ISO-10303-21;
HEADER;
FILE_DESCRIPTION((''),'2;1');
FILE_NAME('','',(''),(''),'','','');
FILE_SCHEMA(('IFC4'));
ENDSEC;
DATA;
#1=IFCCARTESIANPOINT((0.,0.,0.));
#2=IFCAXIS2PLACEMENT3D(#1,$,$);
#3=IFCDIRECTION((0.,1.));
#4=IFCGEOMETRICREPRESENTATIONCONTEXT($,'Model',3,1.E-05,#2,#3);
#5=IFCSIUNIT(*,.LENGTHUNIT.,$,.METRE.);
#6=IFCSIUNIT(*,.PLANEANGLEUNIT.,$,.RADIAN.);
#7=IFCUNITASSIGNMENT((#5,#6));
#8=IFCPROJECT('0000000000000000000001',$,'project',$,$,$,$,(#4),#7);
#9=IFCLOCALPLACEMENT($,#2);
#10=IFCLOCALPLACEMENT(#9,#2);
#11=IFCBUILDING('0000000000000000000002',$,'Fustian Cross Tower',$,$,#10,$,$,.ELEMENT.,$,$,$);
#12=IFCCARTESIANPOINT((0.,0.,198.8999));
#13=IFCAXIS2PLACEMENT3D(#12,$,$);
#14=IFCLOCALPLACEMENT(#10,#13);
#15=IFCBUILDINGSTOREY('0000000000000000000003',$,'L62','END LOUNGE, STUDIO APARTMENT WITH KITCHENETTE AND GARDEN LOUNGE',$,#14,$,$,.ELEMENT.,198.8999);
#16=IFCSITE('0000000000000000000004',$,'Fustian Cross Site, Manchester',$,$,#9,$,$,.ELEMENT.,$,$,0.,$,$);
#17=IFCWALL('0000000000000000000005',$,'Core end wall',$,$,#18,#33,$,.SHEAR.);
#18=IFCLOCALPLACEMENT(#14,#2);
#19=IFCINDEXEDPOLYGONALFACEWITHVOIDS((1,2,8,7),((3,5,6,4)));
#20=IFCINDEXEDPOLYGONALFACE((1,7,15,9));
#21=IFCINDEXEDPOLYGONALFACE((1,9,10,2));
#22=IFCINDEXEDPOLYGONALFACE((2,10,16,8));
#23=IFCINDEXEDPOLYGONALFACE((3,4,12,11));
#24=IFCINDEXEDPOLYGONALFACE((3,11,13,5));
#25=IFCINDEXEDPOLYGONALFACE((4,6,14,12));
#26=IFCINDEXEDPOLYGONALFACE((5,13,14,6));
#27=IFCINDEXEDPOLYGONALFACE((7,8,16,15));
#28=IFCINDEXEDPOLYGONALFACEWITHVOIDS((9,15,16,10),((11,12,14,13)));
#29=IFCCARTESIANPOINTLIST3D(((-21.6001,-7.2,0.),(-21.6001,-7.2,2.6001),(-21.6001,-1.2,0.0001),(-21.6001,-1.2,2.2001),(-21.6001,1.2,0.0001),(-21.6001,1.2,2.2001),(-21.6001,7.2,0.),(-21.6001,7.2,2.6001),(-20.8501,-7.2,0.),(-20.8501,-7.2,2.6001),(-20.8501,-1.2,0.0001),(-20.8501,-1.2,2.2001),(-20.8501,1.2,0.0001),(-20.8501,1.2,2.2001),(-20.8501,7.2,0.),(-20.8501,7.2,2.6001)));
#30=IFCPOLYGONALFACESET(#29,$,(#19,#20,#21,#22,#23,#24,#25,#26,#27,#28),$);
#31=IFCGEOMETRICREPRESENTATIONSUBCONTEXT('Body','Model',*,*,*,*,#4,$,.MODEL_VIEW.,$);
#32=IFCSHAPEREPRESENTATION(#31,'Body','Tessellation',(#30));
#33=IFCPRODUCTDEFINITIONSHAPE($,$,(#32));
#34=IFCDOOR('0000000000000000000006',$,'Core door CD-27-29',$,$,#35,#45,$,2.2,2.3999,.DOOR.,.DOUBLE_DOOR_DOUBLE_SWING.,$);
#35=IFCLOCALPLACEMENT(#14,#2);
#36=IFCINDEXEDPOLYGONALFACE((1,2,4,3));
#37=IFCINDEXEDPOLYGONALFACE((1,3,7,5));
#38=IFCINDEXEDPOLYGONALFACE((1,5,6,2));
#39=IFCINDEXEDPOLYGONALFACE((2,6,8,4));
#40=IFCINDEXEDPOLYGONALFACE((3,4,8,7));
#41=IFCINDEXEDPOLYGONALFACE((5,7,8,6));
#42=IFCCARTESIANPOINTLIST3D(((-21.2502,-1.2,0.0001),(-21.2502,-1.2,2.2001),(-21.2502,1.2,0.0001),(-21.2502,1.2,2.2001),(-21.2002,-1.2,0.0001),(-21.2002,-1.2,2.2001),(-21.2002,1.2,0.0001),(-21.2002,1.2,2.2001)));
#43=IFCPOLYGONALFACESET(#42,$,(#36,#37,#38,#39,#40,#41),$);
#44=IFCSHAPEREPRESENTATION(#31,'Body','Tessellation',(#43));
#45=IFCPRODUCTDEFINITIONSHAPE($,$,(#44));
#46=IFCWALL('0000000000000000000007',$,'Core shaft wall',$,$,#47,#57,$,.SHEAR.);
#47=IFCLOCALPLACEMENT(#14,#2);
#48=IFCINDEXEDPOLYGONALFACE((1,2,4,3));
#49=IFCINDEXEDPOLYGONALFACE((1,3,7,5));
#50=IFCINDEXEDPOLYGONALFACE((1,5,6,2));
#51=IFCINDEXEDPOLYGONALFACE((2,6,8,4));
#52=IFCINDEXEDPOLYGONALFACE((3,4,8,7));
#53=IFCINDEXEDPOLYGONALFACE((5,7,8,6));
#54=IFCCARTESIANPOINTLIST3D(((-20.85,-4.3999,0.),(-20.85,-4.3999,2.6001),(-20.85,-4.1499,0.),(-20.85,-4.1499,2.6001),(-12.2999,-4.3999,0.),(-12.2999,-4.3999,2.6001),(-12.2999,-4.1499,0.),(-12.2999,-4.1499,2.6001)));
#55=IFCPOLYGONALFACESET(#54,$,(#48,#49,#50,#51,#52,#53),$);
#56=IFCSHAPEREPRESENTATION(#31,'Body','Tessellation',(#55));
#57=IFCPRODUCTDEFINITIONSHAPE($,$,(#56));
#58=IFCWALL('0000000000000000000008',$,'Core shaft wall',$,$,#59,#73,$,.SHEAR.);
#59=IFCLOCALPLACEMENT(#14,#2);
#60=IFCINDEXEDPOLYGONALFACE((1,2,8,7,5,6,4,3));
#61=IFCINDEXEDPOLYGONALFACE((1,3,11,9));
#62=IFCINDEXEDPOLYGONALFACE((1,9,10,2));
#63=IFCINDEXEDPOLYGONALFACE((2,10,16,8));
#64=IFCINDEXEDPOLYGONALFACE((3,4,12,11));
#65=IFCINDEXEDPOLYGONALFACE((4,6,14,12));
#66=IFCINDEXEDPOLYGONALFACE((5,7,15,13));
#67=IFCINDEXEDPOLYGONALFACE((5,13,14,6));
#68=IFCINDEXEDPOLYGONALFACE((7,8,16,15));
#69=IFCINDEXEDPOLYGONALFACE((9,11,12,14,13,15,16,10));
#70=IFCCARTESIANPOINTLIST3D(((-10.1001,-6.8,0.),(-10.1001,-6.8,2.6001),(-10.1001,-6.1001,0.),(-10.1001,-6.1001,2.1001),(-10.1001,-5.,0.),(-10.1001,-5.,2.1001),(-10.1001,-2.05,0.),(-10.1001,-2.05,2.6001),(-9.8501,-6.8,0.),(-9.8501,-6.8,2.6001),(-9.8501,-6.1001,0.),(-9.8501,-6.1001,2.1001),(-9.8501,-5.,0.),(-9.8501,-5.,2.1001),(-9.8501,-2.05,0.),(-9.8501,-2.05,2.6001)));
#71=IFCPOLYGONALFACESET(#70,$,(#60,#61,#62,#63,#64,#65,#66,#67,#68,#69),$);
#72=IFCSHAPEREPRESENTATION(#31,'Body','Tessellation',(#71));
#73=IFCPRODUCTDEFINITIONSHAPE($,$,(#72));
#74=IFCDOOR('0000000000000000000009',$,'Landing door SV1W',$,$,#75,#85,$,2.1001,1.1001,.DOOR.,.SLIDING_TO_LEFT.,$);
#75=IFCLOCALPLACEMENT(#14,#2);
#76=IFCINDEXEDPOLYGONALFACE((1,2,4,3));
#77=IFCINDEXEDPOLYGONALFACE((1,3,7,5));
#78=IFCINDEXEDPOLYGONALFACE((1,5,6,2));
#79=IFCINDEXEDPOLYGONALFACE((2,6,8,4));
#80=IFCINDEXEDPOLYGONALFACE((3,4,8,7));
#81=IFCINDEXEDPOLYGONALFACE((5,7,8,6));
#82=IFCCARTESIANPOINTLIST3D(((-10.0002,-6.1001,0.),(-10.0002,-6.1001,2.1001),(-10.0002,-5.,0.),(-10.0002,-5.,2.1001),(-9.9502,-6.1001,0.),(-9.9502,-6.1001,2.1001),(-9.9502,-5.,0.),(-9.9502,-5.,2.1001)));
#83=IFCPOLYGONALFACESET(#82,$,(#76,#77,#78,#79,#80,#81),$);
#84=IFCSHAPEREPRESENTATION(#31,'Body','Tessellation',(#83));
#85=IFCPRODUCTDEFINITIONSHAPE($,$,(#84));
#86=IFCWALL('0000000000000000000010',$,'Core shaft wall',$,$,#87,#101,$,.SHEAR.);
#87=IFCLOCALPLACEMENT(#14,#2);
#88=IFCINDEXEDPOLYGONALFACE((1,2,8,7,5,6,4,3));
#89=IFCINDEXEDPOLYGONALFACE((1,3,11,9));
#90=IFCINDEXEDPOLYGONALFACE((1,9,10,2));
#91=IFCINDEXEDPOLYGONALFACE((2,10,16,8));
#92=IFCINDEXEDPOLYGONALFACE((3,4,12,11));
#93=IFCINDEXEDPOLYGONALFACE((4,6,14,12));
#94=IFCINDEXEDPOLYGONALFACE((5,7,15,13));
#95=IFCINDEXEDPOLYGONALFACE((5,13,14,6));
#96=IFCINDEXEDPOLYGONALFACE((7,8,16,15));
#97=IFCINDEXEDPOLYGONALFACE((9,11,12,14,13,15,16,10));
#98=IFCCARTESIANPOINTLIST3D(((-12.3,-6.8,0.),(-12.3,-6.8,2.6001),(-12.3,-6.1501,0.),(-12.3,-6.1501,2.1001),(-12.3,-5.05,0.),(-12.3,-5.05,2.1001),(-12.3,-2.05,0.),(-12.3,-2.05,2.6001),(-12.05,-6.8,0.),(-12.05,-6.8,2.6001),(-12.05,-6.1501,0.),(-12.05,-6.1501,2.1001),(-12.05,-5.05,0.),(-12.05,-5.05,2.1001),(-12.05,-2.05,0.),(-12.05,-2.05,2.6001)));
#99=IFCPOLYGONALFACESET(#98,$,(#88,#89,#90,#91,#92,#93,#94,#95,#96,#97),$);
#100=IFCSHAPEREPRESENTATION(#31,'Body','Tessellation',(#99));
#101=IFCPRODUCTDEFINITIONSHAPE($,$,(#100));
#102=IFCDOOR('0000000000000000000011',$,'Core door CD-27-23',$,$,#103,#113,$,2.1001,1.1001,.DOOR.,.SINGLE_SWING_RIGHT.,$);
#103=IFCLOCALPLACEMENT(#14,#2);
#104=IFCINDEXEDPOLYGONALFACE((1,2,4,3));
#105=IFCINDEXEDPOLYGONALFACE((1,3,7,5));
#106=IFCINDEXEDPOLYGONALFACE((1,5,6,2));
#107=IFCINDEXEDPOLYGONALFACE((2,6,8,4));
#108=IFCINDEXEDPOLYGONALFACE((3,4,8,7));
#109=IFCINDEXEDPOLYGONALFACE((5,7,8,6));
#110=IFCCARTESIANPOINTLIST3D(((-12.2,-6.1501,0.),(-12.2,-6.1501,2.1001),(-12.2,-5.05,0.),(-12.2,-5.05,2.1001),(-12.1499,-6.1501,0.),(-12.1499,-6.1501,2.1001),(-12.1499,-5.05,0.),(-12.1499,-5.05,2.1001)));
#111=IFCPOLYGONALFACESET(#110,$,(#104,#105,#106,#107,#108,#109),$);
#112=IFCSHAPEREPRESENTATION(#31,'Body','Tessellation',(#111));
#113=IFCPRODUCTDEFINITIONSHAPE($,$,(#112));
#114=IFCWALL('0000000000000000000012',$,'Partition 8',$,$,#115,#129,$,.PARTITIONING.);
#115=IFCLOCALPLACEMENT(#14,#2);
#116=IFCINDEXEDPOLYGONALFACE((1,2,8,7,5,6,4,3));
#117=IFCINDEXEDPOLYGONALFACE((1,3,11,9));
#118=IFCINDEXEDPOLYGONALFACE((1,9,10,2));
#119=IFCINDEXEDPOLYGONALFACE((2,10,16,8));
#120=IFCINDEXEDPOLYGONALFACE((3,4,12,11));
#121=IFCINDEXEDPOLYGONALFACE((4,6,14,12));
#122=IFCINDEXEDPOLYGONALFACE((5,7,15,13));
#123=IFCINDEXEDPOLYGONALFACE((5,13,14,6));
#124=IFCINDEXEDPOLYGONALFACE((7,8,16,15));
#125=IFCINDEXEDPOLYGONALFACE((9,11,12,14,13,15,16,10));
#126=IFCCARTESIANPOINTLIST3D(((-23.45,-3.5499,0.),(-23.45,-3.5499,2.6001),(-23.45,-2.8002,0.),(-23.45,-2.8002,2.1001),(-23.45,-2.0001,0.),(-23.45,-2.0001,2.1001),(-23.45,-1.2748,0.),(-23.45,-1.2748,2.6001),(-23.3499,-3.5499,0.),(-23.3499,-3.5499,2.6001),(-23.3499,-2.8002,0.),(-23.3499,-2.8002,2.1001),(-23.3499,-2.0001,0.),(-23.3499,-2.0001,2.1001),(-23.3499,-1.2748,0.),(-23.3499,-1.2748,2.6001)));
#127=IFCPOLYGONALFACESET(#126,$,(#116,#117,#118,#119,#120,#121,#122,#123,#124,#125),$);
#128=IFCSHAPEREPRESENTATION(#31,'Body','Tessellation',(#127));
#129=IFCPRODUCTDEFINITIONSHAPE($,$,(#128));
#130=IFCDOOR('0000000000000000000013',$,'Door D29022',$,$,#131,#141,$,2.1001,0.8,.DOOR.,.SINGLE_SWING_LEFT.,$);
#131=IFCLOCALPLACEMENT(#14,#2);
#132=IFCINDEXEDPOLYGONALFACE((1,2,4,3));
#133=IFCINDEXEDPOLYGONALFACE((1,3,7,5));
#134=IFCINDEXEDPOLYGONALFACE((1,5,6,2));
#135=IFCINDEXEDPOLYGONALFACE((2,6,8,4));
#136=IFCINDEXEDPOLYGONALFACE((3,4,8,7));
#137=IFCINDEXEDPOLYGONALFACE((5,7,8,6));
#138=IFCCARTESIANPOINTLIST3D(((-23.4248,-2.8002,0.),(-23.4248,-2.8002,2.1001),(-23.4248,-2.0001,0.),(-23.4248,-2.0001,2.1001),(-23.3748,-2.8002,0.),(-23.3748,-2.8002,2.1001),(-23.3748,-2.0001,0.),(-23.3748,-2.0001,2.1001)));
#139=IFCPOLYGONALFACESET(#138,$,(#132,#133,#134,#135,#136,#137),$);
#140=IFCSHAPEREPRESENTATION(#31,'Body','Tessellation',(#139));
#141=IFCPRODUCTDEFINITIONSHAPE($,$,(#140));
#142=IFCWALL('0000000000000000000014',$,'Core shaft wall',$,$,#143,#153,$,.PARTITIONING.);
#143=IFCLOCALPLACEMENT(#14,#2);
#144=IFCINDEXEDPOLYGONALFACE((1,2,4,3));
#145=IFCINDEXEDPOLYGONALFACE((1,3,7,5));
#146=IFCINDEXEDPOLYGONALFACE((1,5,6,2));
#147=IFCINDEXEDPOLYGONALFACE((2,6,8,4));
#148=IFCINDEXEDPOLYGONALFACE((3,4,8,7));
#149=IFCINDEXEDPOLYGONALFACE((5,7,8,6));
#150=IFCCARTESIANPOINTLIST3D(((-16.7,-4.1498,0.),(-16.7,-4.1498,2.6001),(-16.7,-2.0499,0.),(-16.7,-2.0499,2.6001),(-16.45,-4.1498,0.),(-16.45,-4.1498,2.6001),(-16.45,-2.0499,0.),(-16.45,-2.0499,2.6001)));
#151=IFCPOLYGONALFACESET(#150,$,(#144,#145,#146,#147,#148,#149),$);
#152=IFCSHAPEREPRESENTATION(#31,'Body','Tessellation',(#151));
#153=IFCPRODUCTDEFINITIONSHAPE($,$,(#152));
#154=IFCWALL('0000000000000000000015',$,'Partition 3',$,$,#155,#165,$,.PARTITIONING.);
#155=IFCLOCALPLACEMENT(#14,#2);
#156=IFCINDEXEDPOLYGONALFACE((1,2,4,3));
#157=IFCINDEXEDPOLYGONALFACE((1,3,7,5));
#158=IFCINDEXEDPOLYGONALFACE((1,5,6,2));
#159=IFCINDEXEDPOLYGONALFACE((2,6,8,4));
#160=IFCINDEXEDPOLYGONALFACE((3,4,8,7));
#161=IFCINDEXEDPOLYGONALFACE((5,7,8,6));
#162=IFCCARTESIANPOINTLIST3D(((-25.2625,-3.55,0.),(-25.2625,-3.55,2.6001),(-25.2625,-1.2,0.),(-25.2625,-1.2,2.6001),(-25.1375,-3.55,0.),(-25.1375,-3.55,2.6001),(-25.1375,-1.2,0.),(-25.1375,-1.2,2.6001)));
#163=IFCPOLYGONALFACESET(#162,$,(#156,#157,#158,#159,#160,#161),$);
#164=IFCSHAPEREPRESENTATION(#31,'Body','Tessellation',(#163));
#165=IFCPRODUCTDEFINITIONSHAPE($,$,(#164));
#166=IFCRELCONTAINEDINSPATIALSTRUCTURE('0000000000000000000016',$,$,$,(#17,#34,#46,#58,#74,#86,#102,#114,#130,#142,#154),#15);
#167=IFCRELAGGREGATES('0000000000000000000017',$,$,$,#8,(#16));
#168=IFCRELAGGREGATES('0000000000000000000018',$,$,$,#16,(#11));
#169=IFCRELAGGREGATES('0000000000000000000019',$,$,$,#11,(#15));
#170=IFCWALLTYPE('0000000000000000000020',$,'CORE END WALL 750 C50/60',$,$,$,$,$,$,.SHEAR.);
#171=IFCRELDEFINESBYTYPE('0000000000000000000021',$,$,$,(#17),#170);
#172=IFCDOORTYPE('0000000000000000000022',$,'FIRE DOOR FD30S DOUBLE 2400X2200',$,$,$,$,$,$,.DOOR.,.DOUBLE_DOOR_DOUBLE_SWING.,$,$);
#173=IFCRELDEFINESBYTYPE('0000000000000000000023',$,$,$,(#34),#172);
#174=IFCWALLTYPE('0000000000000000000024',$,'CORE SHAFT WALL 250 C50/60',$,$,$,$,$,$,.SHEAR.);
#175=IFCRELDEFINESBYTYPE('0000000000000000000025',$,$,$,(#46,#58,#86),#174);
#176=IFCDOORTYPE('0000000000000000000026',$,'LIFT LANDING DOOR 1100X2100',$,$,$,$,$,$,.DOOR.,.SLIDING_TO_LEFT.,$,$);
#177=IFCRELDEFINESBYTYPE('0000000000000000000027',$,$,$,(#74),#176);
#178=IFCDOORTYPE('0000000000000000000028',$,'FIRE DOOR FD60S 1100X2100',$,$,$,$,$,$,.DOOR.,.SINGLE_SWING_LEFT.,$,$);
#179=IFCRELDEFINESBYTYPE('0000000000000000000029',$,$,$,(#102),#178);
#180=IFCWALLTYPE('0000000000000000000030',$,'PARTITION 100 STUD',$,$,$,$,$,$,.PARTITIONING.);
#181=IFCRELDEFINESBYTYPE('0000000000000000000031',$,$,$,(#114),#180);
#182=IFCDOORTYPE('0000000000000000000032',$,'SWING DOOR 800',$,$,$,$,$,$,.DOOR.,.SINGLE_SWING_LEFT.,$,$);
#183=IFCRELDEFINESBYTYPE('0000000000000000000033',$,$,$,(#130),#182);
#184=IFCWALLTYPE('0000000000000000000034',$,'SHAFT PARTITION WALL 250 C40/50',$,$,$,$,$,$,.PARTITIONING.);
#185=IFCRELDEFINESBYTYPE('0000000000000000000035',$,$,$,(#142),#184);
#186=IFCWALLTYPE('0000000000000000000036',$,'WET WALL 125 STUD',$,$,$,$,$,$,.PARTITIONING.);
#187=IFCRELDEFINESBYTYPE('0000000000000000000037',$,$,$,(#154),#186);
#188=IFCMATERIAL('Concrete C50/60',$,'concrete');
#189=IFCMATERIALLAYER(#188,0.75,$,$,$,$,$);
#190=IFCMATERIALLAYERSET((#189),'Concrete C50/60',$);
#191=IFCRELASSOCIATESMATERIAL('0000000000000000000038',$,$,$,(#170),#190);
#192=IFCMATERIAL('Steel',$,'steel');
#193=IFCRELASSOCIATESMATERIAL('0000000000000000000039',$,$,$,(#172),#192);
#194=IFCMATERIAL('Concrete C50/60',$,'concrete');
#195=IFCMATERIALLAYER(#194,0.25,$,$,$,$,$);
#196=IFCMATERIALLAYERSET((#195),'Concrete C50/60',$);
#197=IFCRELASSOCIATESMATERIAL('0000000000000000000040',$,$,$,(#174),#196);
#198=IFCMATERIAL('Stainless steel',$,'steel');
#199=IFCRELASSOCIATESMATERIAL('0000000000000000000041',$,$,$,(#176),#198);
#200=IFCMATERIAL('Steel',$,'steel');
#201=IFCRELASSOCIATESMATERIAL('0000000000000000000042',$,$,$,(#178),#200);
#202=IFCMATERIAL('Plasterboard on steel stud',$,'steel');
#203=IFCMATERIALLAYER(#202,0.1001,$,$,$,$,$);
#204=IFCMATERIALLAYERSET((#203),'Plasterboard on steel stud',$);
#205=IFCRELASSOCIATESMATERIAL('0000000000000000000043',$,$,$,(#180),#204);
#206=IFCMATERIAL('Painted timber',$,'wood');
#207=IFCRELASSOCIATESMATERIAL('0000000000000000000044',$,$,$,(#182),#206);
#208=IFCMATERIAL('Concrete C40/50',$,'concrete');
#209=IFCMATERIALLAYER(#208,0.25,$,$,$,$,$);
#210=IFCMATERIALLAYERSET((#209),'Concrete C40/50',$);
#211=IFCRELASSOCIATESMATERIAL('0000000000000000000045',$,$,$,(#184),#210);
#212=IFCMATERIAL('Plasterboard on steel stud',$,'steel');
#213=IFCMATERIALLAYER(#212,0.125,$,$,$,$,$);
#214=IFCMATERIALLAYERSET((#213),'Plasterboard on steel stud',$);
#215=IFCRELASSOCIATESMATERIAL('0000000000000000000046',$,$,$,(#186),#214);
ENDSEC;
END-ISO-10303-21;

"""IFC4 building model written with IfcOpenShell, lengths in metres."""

from ifc_helpers import new_model, si_unit, direction, frame, frame_2d, origin, place, context, subcontext, project, spatial, rectangle, extrude, material, layer, layer_set, type_object, element, fill, save


model = new_model("IFC4")

# Units and contexts
model_context = context("Model", 3, precision=1e-05, world=origin(), true_north=direction((0.0, 1.0)))
body_context = subcontext(model_context, "Body", "Model", "MODEL_VIEW")
ifc_project = project(units=[si_unit("LENGTHUNIT", "METRE"), si_unit("PLANEANGLEUNIT", "RADIAN")], contexts=[model_context])

# Site, building, storey
site_placement = place(None, origin())
site = spatial("IfcSite", under=ifc_project, at=site_placement, Name="Fustian Cross Site, Manchester", CompositionType="ELEMENT", RefElevation=0.0)
building_placement = place(site_placement, origin())
building = spatial("IfcBuilding", under=site, at=building_placement, Name="Fustian Cross Tower", CompositionType="ELEMENT")
storey_placement = place(building_placement, frame((0.0, 0.0, 198.8999)))
storey = spatial("IfcBuildingStorey", under=building, at=storey_placement, Name="L62", Description="END LOUNGE, STUDIO APARTMENT WITH KITCHENETTE AND GARDEN LOUNGE", CompositionType="ELEMENT", Elevation=198.8999)

# Wall, opening, door
ifc_material_1 = material(Name="Concrete C50/60", Category="concrete")
ifc_layer_1 = layer(ifc_material_1, 0.75)
ifc_layer_set_1 = layer_set([ifc_layer_1], Name="Concrete C50/60")
wall_type_1 = type_object("IfcWallType", Name="CORE END WALL 750 C50/60", PredefinedType="SHEAR", material=ifc_layer_set_1)
wall_1_placement = place(storey_placement, frame((-21.2251, -7.2, 0.0), z_axis=(0.0, 0.0, 1.0), x_axis=(0.0, 1.0, 0.0)))
wall_1 = element("IfcWall", 1, at=wall_1_placement, inside=storey, type_object=wall_type_1, Name="Core end wall", PredefinedType="SHEAR", context=body_context, shape_type="SweptSolid", body=[
    extrude(rectangle(XDim=14.3999, YDim=0.75, at=frame_2d((7.2, 0.0))), origin(), (0.0, 0.0, 1.0), 2.6001),
])
opening_1_placement = place(wall_1_placement, frame((6.0, 0.0, 0.0)))
opening_1 = element("IfcOpeningElement", 2, at=opening_1_placement, cuts=wall_1, PredefinedType="OPENING", context=body_context, shape_type="SweptSolid", body=[
    extrude(rectangle(XDim=2.3999, YDim=2.2, at=frame_2d((1.2, 1.1001))), frame((0.0, 0.385, 0.0), z_axis=(0.0, -1.0, 0.0), x_axis=(1.0, 0.0, 0.0)), (0.0, 0.0, 1.0), 0.77),
])
ifc_material_2 = material(Name="Steel", Category="steel")
door_type_1 = type_object("IfcDoorType", Name="FIRE DOOR FD30S DOUBLE 2400X2200", OperationType="DOUBLE_DOOR_DOUBLE_SWING", PredefinedType="DOOR", material=ifc_material_2)
door_1_placement = place(opening_1_placement, frame((2.3999, 0.0, 0.0), z_axis=(0.0, 0.0, 1.0), x_axis=(-1.0, 0.0, 0.0)))
door_1 = element("IfcDoor", 3, at=door_1_placement, inside=storey, type_object=door_type_1, Name="Core door CD-27-29", OperationType="DOUBLE_DOOR_DOUBLE_SWING", OverallHeight=2.2, OverallWidth=2.3999, PredefinedType="DOOR", context=body_context, shape_type="SweptSolid", body=[
    extrude(rectangle(XDim=2.3999, YDim=2.2, at=frame_2d((1.2, 1.1001))), frame((0.0, 0.0249, 0.0), z_axis=(0.0, -1.0, 0.0), x_axis=(1.0, 0.0, 0.0)), (0.0, 0.0, 1.0), 0.05),
])
fill(opening_1, door_1)

# Wall
ifc_material_3 = material(Name="Concrete C50/60", Category="concrete")
ifc_layer_2 = layer(ifc_material_3, 0.25)
ifc_layer_set_2 = layer_set([ifc_layer_2], Name="Concrete C50/60")
wall_type_2 = type_object("IfcWallType", Name="CORE SHAFT WALL 250 C50/60", PredefinedType="SHEAR", material=ifc_layer_set_2)
wall_2_placement = place(storey_placement, frame((-12.3, -4.2749, 0.0), z_axis=(0.0, 0.0, 1.0), x_axis=(-1.0, 0.0, 0.0)))
element("IfcWall", 4, at=wall_2_placement, inside=storey, type_object=wall_type_2, Name="Core shaft wall", PredefinedType="SHEAR", context=body_context, shape_type="SweptSolid", body=[
    extrude(rectangle(XDim=8.55, YDim=0.25, at=frame_2d((4.2749, 0.0))), origin(), (0.0, 0.0, 1.0), 2.6001),
])

# Walls, openings, doors
wall_3_placement = place(storey_placement, frame((-9.9751, -2.05, 0.0), z_axis=(0.0, 0.0, 1.0), x_axis=(0.0, -1.0, 0.0)))
wall_3 = element("IfcWall", 5, at=wall_3_placement, inside=storey, type_object=wall_type_2, Name="Core shaft wall", PredefinedType="SHEAR", context=body_context, shape_type="SweptSolid", body=[
    extrude(rectangle(XDim=4.75, YDim=0.25, at=frame_2d((2.375, 0.0))), origin(), (0.0, 0.0, 1.0), 2.6001),
])
opening_2_placement = place(wall_3_placement, frame((2.95, 0.0, 0.0)))
opening_2 = element("IfcOpeningElement", 6, at=opening_2_placement, cuts=wall_3, PredefinedType="OPENING", context=body_context, shape_type="SweptSolid", body=[
    extrude(rectangle(XDim=1.1001, YDim=2.1001, at=frame_2d((0.55, 1.05))), frame((0.0, 0.135, 0.0), z_axis=(0.0, -1.0, 0.0), x_axis=(1.0, 0.0, 0.0)), (0.0, 0.0, 1.0), 0.27),
])
ifc_material_4 = material(Name="Stainless steel", Category="steel")
door_type_2 = type_object("IfcDoorType", Name="LIFT LANDING DOOR 1100X2100", OperationType="SLIDING_TO_LEFT", PredefinedType="DOOR", material=ifc_material_4)
door_2_placement = place(opening_2_placement, origin())
door_2 = element("IfcDoor", 7, at=door_2_placement, inside=storey, type_object=door_type_2, Name="Landing door SV1W", OperationType="SLIDING_TO_LEFT", OverallHeight=2.1001, OverallWidth=1.1001, PredefinedType="DOOR", context=body_context, shape_type="SweptSolid", body=[
    extrude(rectangle(XDim=1.1001, YDim=2.1001, at=frame_2d((0.55, 1.05))), frame((0.0, 0.0249, 0.0), z_axis=(0.0, -1.0, 0.0), x_axis=(1.0, 0.0, 0.0)), (0.0, 0.0, 1.0), 0.05),
])
fill(opening_2, door_2)
wall_4_placement = place(storey_placement, frame((-12.175, -2.05, 0.0), z_axis=(0.0, 0.0, 1.0), x_axis=(0.0, -1.0, 0.0)))
wall_4 = element("IfcWall", 8, at=wall_4_placement, inside=storey, type_object=wall_type_2, Name="Core shaft wall", PredefinedType="SHEAR", context=body_context, shape_type="SweptSolid", body=[
    extrude(rectangle(XDim=4.75, YDim=0.25, at=frame_2d((2.375, 0.0))), origin(), (0.0, 0.0, 1.0), 2.6001),
])
opening_3_placement = place(wall_4_placement, frame((3.0, 0.0, 0.0)))
opening_3 = element("IfcOpeningElement", 9, at=opening_3_placement, cuts=wall_4, PredefinedType="OPENING", context=body_context, shape_type="SweptSolid", body=[
    extrude(rectangle(XDim=1.1001, YDim=2.1001, at=frame_2d((0.55, 1.05))), frame((0.0, 0.135, 0.0), z_axis=(0.0, -1.0, 0.0), x_axis=(1.0, 0.0, 0.0)), (0.0, 0.0, 1.0), 0.27),
])
ifc_material_5 = material(Name="Steel", Category="steel")
door_type_3 = type_object("IfcDoorType", Name="FIRE DOOR FD60S 1100X2100", OperationType="SINGLE_SWING_LEFT", PredefinedType="DOOR", material=ifc_material_5)
door_3_placement = place(opening_3_placement, frame((1.1001, 0.0, 0.0), z_axis=(0.0, 0.0, 1.0), x_axis=(-1.0, 0.0, 0.0)))
door_3 = element("IfcDoor", 10, at=door_3_placement, inside=storey, type_object=door_type_3, Name="Core door CD-27-23", OperationType="SINGLE_SWING_RIGHT", OverallHeight=2.1001, OverallWidth=1.1001, PredefinedType="DOOR", context=body_context, shape_type="SweptSolid", body=[
    extrude(rectangle(XDim=1.1001, YDim=2.1001, at=frame_2d((0.55, 1.05))), frame((0.0, 0.0249, 0.0), z_axis=(0.0, -1.0, 0.0), x_axis=(1.0, 0.0, 0.0)), (0.0, 0.0, 1.0), 0.05),
])
fill(opening_3, door_3)
ifc_material_6 = material(Name="Plasterboard on steel stud", Category="steel")
ifc_layer_3 = layer(ifc_material_6, 0.1001)
ifc_layer_set_3 = layer_set([ifc_layer_3], Name="Plasterboard on steel stud")
wall_type_3 = type_object("IfcWallType", Name="PARTITION 100 STUD", PredefinedType="PARTITIONING", material=ifc_layer_set_3)
wall_5_placement = place(storey_placement, frame((-23.3999, -3.55, 0.0), z_axis=(0.0, 0.0, 1.0), x_axis=(0.0, 1.0, 0.0)))
wall_5 = element("IfcWall", 11, at=wall_5_placement, inside=storey, type_object=wall_type_3, Name="Partition 8", PredefinedType="PARTITIONING", context=body_context, shape_type="SweptSolid", body=[
    extrude(rectangle(XDim=2.2751, YDim=0.1001, at=frame_2d((1.1377, 0.0))), origin(), (0.0, 0.0, 1.0), 2.6001),
])
opening_4_placement = place(wall_5_placement, frame((0.75, 0.0, 0.0)))
opening_4 = element("IfcOpeningElement", 12, at=opening_4_placement, cuts=wall_5, PredefinedType="OPENING", context=body_context, shape_type="SweptSolid", body=[
    extrude(rectangle(XDim=0.8, YDim=2.1001, at=frame_2d((0.3999, 1.05))), frame((0.0, 0.0601, 0.0), z_axis=(0.0, -1.0, 0.0), x_axis=(1.0, 0.0, 0.0)), (0.0, 0.0, 1.0), 0.1201),
])
ifc_material_7 = material(Name="Painted timber", Category="wood")
door_type_4 = type_object("IfcDoorType", Name="SWING DOOR 800", OperationType="SINGLE_SWING_LEFT", PredefinedType="DOOR", material=ifc_material_7)
door_4_placement = place(opening_4_placement, origin())
door_4 = element("IfcDoor", 13, at=door_4_placement, inside=storey, type_object=door_type_4, Name="Door D29022", OperationType="SINGLE_SWING_LEFT", OverallHeight=2.1001, OverallWidth=0.8, PredefinedType="DOOR", context=body_context, shape_type="SweptSolid", body=[
    extrude(rectangle(XDim=0.8, YDim=2.1001, at=frame_2d((0.3999, 1.05))), frame((0.0, 0.0249, 0.0), z_axis=(0.0, -1.0, 0.0), x_axis=(1.0, 0.0, 0.0)), (0.0, 0.0, 1.0), 0.05),
])
fill(opening_4, door_4)

# Walls
ifc_material_8 = material(Name="Concrete C40/50", Category="concrete")
ifc_layer_4 = layer(ifc_material_8, 0.25)
ifc_layer_set_4 = layer_set([ifc_layer_4], Name="Concrete C40/50")
wall_type_4 = type_object("IfcWallType", Name="SHAFT PARTITION WALL 250 C40/50", PredefinedType="PARTITIONING", material=ifc_layer_set_4)
wall_6_placement = place(storey_placement, frame((-16.575, -2.05, 0.0), z_axis=(0.0, 0.0, 1.0), x_axis=(0.0, -1.0, 0.0)))
element("IfcWall", 14, at=wall_6_placement, inside=storey, type_object=wall_type_4, Name="Core shaft wall", PredefinedType="PARTITIONING", context=body_context, shape_type="SweptSolid", body=[
    extrude(rectangle(XDim=2.0999, YDim=0.25, at=frame_2d((1.0498, 0.0))), origin(), (0.0, 0.0, 1.0), 2.6001),
])
ifc_material_9 = material(Name="Plasterboard on steel stud", Category="steel")
ifc_layer_5 = layer(ifc_material_9, 0.125)
ifc_layer_set_5 = layer_set([ifc_layer_5], Name="Plasterboard on steel stud")
wall_type_5 = type_object("IfcWallType", Name="WET WALL 125 STUD", PredefinedType="PARTITIONING", material=ifc_layer_set_5)
wall_7_placement = place(storey_placement, frame((-25.2, -3.55, 0.0), z_axis=(0.0, 0.0, 1.0), x_axis=(0.0, 1.0, 0.0)))
element("IfcWall", 15, at=wall_7_placement, inside=storey, type_object=wall_type_5, Name="Partition 3", PredefinedType="PARTITIONING", context=body_context, shape_type="SweptSolid", body=[
    extrude(rectangle(XDim=2.3501, YDim=0.125, at=frame_2d((1.175, 0.0))), origin(), (0.0, 0.0, 1.0), 2.6001),
])

save(model, "model.ifc")
